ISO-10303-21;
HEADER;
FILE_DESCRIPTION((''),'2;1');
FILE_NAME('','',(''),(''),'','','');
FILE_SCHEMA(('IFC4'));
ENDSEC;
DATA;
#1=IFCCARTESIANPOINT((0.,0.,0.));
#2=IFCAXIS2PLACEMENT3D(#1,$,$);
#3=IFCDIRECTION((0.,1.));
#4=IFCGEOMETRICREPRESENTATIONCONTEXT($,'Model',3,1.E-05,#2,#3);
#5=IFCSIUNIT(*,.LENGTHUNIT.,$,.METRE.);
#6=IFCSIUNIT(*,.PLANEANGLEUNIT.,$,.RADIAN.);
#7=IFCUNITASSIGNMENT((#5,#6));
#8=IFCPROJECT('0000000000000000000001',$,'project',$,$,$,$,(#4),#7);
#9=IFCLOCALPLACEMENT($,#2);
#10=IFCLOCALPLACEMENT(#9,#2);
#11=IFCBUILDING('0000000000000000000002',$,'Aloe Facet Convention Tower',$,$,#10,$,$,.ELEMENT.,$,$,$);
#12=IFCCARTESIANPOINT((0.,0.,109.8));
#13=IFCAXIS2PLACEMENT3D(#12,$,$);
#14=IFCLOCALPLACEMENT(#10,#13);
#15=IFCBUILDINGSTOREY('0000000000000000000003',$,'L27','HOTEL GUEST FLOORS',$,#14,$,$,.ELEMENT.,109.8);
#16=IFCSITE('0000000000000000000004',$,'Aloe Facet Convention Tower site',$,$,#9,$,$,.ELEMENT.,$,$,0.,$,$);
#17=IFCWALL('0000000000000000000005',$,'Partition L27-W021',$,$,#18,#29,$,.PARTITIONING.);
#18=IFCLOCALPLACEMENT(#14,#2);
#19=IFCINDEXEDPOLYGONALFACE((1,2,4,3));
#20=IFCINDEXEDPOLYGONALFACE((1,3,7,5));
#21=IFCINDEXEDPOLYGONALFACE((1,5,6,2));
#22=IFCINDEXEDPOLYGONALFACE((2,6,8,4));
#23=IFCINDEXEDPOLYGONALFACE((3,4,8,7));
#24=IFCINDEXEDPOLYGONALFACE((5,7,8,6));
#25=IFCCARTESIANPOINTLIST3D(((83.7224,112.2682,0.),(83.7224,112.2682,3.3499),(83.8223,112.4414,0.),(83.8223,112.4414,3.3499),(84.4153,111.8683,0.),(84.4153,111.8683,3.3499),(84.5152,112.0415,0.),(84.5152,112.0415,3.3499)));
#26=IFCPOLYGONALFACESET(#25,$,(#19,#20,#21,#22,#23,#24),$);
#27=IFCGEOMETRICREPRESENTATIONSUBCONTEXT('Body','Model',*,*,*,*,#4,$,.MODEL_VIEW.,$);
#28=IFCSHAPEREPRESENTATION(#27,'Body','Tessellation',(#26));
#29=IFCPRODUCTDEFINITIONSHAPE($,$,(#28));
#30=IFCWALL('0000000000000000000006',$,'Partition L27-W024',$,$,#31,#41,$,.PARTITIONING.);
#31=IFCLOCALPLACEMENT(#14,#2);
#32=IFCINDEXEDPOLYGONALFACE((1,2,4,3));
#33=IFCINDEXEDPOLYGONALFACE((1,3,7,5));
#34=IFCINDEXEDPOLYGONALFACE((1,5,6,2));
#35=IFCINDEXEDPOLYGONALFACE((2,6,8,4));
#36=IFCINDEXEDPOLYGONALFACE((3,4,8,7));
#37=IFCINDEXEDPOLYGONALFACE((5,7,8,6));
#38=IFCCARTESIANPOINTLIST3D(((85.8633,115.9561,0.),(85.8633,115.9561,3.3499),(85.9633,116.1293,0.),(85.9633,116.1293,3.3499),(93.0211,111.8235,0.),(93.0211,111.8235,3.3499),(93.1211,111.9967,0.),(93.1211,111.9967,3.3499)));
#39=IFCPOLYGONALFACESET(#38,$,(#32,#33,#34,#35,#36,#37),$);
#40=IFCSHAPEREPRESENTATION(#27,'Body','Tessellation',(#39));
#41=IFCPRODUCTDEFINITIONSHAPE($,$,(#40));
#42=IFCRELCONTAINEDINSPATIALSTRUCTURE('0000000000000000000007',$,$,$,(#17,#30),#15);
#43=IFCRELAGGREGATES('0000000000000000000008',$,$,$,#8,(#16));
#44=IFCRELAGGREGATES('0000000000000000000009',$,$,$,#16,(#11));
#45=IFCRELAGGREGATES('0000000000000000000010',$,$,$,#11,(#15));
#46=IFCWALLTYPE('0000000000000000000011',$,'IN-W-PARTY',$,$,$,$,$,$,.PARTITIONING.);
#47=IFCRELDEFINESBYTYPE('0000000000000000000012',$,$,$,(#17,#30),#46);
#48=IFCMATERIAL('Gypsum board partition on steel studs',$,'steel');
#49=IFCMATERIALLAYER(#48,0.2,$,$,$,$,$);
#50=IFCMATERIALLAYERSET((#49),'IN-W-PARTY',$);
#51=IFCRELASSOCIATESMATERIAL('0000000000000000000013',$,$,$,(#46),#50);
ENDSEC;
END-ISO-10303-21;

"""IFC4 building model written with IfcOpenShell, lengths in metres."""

from ifc_helpers import new_model, si_unit, direction, frame, frame_2d, origin, place, context, subcontext, project, spatial, rectangle, extrude, material, layer, layer_set, type_object, element, save


model = new_model("IFC4")

# Units and contexts
model_context = context("Model", 3, precision=1e-05, world=origin(), true_north=direction((0.0, 1.0)))
body_context = subcontext(model_context, "Body", "Model", "MODEL_VIEW")
ifc_project = project(units=[si_unit("LENGTHUNIT", "METRE"), si_unit("PLANEANGLEUNIT", "RADIAN")], contexts=[model_context])

# Site, building, storey
site_placement = place(None, origin())
site = spatial("IfcSite", under=ifc_project, at=site_placement, Name="Aloe Facet Convention Tower site", CompositionType="ELEMENT", RefElevation=0.0)
building_placement = place(site_placement, origin())
building = spatial("IfcBuilding", under=site, at=building_placement, Name="Aloe Facet Convention Tower", CompositionType="ELEMENT")
storey_placement = place(building_placement, frame((0.0, 0.0, 109.8)))
storey = spatial("IfcBuildingStorey", under=building, at=storey_placement, Name="L27", Description="HOTEL GUEST FLOORS", CompositionType="ELEMENT", Elevation=109.8)

# Walls
ifc_material_1 = material(Name="Gypsum board partition on steel studs", Category="steel")
ifc_layer_1 = layer(ifc_material_1, 0.2)
ifc_layer_set_1 = layer_set([ifc_layer_1], Name="IN-W-PARTY")
wall_type_1 = type_object("IfcWallType", Name="IN-W-PARTY", PredefinedType="PARTITIONING", material=ifc_layer_set_1)
wall_1_placement = place(storey_placement, frame((83.7725, 112.3547, 0.0), z_axis=(0.0, 0.0, 1.0), x_axis=(0.866094, -0.499881, 0.0)))
element("IfcWall", 1, at=wall_1_placement, inside=storey, type_object=wall_type_1, Name="Partition L27-W021", PredefinedType="PARTITIONING", context=body_context, shape_type="SweptSolid", body=[
    extrude(rectangle(XDim=0.8, YDim=0.2, at=frame_2d((0.3999, 0.0))), origin(), (0.0, 0.0, 1.0), 3.3499),
])
wall_2_placement = place(storey_placement, frame((85.9133, 116.0427, 0.0), z_axis=(0.0, 0.0, 1.0), x_axis=(0.866022, -0.500005, 0.0)))
element("IfcWall", 2, at=wall_2_placement, inside=storey, type_object=wall_type_1, Name="Partition L27-W024", PredefinedType="PARTITIONING", context=body_context, shape_type="SweptSolid", body=[
    extrude(rectangle(XDim=8.2651, YDim=0.2, at=frame_2d((4.1326, 0.0))), origin(), (0.0, 0.0, 1.0), 3.3499),
])

save(model, "model.ifc")
